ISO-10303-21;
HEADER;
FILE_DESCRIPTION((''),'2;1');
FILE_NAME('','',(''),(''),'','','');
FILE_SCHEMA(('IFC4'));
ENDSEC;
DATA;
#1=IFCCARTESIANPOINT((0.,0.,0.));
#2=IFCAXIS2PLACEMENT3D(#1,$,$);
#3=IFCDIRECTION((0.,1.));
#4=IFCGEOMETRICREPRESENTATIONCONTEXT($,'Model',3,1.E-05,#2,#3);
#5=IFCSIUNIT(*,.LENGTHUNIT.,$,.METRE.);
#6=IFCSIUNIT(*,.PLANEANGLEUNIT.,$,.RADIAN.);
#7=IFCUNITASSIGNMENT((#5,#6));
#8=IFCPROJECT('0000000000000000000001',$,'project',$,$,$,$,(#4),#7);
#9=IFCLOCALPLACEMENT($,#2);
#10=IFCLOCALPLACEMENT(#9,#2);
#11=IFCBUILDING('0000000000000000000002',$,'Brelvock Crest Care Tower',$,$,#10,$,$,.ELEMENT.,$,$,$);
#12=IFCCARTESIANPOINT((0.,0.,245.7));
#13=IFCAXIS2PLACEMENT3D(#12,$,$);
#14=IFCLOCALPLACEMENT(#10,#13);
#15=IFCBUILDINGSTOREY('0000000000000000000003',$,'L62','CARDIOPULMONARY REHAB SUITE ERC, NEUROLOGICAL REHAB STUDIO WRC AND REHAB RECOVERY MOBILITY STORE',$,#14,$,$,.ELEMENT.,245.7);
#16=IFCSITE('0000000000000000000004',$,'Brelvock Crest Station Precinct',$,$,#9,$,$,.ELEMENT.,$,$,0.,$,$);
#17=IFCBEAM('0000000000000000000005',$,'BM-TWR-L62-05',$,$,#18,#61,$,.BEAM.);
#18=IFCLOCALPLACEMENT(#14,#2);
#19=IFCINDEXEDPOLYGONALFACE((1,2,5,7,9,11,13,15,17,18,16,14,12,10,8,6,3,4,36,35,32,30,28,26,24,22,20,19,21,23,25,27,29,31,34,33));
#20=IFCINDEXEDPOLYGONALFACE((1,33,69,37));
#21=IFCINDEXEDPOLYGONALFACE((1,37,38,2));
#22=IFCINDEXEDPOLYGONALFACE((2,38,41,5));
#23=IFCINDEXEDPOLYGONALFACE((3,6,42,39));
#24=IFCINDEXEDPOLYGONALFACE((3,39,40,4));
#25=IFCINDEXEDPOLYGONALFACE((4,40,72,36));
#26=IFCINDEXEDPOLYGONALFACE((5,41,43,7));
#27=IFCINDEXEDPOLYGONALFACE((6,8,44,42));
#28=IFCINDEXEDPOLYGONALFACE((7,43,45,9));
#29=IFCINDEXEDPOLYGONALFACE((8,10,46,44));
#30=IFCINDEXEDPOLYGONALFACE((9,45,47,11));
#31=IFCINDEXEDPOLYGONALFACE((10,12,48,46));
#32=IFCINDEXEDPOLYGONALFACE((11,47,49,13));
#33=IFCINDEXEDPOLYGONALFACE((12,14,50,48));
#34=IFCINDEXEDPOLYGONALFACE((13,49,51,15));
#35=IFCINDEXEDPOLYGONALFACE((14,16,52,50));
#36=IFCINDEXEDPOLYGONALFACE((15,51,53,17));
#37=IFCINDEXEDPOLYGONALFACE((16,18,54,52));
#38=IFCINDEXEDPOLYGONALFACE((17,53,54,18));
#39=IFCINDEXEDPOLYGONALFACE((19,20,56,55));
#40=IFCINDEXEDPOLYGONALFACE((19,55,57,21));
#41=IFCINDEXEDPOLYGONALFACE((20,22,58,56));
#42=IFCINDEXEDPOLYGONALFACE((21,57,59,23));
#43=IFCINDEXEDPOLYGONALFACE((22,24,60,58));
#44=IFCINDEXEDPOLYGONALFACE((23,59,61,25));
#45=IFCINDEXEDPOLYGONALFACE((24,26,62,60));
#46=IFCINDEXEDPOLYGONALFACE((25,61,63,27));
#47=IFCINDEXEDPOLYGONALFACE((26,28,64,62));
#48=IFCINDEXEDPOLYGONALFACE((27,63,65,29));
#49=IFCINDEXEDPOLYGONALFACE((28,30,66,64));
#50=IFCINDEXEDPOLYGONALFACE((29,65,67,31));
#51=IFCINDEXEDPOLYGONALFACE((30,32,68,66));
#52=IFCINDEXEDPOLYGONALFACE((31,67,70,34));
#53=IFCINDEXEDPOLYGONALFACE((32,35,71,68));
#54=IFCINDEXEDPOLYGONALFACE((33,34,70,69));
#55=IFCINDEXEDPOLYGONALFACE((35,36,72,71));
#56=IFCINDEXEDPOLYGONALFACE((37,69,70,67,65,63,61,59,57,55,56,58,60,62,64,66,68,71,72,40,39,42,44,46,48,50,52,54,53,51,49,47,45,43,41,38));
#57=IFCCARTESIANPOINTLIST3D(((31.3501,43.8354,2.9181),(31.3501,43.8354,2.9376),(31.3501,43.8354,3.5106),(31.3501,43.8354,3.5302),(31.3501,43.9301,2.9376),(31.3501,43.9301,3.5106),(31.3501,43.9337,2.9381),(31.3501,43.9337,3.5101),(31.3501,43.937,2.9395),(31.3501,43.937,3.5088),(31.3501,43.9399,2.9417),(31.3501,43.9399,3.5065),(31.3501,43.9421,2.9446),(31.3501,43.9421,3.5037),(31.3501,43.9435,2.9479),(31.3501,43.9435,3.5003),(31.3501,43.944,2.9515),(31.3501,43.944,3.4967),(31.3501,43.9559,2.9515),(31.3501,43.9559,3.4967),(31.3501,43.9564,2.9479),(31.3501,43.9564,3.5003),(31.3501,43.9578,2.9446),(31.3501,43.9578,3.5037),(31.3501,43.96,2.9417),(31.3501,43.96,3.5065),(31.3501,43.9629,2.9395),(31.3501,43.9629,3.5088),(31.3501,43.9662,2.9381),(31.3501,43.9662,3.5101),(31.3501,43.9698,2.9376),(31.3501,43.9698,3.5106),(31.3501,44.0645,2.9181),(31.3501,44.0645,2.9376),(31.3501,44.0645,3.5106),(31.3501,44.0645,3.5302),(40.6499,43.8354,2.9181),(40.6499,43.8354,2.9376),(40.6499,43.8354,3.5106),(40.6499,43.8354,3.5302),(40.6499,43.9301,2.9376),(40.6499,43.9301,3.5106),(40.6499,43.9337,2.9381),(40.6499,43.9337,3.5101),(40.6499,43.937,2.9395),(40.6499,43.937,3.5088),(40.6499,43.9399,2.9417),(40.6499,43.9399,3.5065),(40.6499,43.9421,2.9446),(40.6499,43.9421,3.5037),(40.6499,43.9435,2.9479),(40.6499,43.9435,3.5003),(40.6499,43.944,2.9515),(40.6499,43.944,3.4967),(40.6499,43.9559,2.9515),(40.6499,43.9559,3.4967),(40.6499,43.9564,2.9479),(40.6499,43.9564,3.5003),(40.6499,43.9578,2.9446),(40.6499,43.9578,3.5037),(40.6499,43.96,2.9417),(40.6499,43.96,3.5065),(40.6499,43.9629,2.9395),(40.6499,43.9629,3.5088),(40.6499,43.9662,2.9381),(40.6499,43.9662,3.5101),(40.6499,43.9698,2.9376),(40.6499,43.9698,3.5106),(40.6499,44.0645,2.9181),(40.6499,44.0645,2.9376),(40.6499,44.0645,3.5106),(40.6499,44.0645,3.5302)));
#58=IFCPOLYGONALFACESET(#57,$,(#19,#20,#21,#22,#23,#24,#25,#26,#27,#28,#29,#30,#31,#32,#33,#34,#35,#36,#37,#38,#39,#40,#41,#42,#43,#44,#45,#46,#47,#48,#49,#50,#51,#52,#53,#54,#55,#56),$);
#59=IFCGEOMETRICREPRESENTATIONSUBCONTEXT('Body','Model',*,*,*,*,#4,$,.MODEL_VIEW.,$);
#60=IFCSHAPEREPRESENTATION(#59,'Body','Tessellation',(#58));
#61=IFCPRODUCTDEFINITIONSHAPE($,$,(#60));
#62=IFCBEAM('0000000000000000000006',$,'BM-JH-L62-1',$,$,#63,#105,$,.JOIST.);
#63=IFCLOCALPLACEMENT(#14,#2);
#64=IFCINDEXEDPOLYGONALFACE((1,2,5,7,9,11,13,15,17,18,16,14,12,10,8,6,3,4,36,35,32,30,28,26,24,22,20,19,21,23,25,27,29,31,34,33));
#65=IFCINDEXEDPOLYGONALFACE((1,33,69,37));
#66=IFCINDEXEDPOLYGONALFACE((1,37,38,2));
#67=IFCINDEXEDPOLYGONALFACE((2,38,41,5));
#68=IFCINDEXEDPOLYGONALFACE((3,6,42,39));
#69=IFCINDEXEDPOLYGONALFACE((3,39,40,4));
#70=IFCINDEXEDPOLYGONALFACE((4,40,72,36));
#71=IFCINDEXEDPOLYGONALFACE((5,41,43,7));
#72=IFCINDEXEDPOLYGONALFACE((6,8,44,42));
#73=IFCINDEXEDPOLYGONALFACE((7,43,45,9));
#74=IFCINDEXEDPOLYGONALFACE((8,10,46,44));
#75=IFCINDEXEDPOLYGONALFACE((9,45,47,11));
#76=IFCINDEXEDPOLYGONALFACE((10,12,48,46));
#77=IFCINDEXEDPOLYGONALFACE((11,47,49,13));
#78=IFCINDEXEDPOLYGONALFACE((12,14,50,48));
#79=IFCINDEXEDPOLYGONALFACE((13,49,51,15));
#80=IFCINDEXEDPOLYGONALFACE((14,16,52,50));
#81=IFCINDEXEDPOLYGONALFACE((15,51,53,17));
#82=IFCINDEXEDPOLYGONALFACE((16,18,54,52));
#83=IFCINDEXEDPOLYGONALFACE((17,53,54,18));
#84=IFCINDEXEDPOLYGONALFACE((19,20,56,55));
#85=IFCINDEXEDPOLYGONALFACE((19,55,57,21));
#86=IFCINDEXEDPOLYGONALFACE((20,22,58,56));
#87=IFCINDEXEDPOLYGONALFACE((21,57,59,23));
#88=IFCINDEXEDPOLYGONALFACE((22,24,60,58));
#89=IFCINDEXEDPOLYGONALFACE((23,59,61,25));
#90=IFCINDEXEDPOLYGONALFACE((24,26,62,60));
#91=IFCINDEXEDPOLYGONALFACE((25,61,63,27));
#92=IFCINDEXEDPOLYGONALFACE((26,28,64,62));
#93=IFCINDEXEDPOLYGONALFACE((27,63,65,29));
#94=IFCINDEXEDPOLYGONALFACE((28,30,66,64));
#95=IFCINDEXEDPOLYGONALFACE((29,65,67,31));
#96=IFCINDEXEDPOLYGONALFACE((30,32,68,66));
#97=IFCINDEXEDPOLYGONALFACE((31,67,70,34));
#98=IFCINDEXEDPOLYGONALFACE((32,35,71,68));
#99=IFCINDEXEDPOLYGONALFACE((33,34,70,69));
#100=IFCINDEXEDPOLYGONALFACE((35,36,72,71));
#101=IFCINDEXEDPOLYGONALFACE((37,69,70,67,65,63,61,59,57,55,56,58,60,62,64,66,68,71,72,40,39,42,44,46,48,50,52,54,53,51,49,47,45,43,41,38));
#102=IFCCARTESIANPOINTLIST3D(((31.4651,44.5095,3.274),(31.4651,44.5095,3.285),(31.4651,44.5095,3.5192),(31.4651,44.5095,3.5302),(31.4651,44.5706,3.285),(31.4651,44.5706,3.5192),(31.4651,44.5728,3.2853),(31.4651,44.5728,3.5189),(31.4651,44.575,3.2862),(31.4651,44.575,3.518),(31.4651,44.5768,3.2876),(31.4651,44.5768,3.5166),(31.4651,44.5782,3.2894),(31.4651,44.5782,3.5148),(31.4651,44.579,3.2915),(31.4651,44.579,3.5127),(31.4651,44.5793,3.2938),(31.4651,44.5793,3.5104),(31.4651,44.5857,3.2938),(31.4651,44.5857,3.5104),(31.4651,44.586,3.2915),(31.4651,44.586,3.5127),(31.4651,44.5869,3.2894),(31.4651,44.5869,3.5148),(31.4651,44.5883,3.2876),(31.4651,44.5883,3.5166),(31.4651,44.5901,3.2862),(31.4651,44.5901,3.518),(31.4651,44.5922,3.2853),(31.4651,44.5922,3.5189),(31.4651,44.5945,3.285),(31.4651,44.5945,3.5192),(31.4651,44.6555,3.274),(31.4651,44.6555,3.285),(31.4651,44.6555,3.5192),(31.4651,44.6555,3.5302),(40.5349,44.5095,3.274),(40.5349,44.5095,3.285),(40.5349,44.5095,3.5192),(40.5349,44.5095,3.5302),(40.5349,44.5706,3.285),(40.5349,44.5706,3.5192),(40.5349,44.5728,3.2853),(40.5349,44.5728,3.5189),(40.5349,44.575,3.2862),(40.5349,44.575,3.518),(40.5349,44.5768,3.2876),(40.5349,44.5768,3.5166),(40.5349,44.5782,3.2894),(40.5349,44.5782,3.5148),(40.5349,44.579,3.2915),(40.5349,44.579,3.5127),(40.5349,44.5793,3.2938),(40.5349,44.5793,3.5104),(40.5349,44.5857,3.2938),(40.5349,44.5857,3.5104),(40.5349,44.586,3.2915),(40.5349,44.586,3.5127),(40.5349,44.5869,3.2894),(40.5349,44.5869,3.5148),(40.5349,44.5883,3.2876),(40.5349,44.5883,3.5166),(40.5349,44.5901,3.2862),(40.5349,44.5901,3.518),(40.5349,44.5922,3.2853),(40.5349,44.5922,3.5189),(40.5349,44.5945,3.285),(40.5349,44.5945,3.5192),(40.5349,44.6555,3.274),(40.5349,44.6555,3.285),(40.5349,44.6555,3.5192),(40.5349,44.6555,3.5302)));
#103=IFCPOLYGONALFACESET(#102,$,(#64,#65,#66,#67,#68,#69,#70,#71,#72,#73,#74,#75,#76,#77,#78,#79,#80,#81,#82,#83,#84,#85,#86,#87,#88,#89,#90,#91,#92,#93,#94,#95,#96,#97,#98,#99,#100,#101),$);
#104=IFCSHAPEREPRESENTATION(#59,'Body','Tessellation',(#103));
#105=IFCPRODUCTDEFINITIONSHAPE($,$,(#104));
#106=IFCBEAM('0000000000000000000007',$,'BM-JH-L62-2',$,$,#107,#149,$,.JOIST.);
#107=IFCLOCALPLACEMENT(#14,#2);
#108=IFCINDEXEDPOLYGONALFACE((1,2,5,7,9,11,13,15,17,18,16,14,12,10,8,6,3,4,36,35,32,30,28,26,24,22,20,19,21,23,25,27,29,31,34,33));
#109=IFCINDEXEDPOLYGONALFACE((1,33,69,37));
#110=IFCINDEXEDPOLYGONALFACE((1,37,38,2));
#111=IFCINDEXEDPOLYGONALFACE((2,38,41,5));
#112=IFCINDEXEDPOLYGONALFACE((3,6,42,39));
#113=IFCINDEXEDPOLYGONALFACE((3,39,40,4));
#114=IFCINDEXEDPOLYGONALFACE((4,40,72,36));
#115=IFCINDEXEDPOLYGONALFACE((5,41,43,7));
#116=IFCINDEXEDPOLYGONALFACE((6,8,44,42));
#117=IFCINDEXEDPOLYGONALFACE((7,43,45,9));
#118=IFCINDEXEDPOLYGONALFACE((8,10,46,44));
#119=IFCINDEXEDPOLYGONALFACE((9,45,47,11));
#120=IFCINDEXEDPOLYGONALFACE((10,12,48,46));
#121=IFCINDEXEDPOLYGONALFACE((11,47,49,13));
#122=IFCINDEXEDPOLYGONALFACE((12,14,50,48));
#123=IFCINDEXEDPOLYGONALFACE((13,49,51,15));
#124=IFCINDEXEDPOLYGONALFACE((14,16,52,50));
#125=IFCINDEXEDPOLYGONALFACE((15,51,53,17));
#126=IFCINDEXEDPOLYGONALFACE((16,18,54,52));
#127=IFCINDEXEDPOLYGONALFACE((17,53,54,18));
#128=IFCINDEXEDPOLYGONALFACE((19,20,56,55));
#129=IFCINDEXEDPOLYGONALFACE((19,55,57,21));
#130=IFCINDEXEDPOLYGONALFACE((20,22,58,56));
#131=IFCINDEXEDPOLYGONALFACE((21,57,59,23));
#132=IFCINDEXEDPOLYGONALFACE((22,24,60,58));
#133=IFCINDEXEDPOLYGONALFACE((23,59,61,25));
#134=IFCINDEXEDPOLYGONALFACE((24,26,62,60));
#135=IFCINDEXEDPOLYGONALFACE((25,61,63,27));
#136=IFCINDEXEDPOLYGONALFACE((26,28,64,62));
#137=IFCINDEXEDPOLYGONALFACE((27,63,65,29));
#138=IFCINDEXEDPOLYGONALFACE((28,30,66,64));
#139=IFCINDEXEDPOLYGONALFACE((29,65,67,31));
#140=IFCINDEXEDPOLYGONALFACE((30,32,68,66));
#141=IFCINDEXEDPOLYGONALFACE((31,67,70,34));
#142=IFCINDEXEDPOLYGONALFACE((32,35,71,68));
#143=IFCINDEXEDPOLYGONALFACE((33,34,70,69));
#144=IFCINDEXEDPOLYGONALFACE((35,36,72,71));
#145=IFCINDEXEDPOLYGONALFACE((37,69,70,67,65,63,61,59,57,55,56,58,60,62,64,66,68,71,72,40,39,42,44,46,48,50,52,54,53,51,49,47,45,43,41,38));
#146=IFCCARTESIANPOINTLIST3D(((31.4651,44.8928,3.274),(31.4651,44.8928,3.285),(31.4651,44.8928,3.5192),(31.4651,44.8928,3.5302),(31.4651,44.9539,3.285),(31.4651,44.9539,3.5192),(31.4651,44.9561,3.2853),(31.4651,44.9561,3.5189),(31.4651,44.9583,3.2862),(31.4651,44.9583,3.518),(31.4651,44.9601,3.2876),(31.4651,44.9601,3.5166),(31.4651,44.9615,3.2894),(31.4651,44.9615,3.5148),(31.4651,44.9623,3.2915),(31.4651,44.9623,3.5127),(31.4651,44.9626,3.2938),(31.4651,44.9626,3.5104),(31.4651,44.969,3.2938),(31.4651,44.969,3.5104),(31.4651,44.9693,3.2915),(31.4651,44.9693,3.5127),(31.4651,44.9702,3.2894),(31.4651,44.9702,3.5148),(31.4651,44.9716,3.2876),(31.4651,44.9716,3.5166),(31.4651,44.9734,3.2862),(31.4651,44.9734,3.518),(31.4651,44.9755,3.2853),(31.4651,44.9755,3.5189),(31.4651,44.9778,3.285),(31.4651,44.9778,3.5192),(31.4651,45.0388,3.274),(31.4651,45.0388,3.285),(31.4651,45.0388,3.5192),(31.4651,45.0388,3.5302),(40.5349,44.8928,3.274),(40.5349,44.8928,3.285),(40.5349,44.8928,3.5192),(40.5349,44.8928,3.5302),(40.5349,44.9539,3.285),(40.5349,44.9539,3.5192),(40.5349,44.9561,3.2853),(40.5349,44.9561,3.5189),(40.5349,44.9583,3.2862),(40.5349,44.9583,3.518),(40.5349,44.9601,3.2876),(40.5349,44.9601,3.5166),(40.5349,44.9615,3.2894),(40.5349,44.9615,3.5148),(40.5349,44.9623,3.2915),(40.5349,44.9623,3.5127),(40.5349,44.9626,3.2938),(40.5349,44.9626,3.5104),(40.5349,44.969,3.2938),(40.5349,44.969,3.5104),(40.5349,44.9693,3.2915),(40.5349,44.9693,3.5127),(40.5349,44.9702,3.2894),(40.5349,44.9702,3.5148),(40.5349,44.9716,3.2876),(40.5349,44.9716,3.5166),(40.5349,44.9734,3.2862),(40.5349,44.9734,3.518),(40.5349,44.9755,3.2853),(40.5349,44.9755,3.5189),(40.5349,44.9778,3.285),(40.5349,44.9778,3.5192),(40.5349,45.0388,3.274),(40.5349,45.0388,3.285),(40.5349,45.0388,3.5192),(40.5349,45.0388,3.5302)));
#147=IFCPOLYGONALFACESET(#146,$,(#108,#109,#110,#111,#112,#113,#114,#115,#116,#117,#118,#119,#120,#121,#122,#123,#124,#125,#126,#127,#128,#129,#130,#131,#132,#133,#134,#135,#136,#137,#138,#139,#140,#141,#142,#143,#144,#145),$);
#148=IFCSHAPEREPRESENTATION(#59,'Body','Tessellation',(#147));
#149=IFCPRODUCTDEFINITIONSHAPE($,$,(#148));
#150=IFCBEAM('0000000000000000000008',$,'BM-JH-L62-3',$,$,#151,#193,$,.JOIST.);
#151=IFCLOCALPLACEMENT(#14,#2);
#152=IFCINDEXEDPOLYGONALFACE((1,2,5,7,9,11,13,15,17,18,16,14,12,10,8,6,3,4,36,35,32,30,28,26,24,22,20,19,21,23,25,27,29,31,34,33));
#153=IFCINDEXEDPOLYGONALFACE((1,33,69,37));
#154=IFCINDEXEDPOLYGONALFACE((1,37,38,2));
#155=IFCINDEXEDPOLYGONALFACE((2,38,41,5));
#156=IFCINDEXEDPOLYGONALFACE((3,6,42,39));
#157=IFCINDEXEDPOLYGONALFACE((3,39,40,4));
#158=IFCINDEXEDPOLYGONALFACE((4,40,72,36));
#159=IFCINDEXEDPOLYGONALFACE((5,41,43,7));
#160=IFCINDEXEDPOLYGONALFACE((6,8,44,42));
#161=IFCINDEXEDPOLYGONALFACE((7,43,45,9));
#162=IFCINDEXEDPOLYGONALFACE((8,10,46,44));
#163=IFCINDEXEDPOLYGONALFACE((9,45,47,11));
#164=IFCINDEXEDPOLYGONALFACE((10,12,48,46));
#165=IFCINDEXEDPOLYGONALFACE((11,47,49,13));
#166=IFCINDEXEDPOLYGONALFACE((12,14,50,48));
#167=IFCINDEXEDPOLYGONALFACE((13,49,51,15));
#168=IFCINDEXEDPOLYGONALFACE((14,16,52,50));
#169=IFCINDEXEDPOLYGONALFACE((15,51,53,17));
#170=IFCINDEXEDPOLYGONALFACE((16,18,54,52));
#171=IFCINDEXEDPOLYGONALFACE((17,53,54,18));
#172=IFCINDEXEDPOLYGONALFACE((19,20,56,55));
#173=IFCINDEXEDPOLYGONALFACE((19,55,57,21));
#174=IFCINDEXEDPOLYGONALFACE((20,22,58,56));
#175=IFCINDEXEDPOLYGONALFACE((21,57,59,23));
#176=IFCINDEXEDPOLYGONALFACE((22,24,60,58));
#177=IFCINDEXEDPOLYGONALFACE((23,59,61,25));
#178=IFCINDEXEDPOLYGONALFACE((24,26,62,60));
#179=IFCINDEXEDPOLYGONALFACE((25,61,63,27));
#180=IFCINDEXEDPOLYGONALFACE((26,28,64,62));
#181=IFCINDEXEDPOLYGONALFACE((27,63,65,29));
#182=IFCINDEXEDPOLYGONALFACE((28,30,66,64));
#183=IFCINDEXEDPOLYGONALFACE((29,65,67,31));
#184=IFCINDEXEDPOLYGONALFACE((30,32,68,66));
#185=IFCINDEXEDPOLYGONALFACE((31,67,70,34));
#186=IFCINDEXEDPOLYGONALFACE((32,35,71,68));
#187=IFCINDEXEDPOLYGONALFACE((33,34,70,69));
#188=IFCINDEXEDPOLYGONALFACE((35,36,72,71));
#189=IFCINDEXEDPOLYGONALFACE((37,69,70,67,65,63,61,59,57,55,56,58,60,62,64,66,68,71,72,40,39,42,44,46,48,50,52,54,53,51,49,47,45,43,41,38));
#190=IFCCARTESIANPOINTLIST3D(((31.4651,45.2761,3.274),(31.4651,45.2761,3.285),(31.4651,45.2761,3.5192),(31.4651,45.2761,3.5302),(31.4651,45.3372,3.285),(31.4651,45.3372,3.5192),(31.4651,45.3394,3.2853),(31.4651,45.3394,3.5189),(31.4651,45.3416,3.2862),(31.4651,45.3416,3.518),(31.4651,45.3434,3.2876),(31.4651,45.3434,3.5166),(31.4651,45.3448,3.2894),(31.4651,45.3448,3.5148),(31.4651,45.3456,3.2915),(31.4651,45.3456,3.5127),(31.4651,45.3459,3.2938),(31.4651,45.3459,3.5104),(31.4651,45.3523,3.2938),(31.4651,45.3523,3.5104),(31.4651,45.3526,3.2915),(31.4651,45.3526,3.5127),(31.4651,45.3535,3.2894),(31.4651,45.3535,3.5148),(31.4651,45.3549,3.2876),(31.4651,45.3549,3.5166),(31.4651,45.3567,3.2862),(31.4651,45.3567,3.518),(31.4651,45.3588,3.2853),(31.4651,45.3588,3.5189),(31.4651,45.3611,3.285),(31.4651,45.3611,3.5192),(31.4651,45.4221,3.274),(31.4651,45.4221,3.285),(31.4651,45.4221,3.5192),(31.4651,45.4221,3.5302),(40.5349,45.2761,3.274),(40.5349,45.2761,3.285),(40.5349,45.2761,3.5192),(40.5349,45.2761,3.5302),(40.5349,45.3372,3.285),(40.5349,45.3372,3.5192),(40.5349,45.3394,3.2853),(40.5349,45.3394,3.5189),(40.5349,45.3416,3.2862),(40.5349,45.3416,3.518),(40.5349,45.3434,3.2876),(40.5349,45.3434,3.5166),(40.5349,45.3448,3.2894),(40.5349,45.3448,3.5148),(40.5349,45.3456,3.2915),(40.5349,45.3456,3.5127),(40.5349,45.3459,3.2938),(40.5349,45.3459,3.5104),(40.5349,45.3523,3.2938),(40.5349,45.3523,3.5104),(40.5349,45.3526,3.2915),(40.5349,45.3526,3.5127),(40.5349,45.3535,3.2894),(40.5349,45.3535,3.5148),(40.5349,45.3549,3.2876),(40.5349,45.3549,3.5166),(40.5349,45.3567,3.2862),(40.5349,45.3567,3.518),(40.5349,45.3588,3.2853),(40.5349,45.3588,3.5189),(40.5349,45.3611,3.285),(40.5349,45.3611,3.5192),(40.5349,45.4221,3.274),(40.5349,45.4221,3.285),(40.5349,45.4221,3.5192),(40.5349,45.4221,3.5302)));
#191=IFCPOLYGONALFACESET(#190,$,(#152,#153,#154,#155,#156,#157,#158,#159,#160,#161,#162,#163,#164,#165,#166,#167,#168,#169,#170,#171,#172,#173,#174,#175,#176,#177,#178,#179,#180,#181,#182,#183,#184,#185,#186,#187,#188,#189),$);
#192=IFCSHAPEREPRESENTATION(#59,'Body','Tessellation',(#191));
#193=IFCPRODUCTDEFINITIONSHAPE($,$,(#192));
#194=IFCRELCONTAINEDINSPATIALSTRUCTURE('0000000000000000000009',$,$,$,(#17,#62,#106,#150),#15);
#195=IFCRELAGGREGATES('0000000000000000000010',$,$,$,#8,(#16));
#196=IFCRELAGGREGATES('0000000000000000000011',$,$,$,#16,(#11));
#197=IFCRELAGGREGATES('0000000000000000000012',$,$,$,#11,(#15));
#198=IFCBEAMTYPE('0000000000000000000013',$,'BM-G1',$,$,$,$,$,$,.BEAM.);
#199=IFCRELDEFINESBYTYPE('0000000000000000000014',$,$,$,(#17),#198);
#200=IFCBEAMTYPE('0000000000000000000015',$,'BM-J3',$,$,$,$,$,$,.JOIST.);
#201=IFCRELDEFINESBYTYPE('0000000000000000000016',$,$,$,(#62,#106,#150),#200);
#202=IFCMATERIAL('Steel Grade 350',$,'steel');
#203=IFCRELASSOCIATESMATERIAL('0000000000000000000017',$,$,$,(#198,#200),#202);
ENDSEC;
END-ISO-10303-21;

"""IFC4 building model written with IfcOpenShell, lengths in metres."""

from ifc_helpers import new_model, si_unit, direction, frame, origin, origin_2d, place, context, subcontext, project, spatial, i_section, extrude, source, transform, mapped, material, material_profile, profile_set, type_object, element, save


model = new_model("IFC4")

# Units and contexts
model_context = context("Model", 3, precision=1e-05, world=origin(), true_north=direction((0.0, 1.0)))
body_context = subcontext(model_context, "Body", "Model", "MODEL_VIEW")
ifc_project = project(units=[si_unit("LENGTHUNIT", "METRE"), si_unit("PLANEANGLEUNIT", "RADIAN")], contexts=[model_context])

# Site, building, storey
site_placement = place(None, origin())
site = spatial("IfcSite", under=ifc_project, at=site_placement, Name="Brelvock Crest Station Precinct", CompositionType="ELEMENT", RefElevation=0.0)
building_placement = place(site_placement, origin())
building = spatial("IfcBuilding", under=site, at=building_placement, Name="Brelvock Crest Care Tower", CompositionType="ELEMENT")
storey_placement = place(building_placement, frame((0.0, 0.0, 245.7)))
storey = spatial("IfcBuildingStorey", under=building, at=storey_placement, Name="L62", Description="CARDIOPULMONARY REHAB SUITE ERC, NEUROLOGICAL REHAB STUDIO WRC AND REHAB RECOVERY MOBILITY STORE", CompositionType="ELEMENT", Elevation=245.7)

# Beams
ifc_material_1 = material(Name="Steel Grade 350", Category="steel")
ifc_material_profile_1 = material_profile(ifc_material_1, i_section(OverallWidth=0.229, OverallDepth=0.6121, WebThickness=0.012, FlangeThickness=0.0195, FilletRadius=0.0139, at=origin_2d()), Name="610UB125")
ifc_profile_set_1 = profile_set([ifc_material_profile_1], Name="Steel Grade 350")
beam_type_1 = type_object("IfcBeamType", Name="BM-G1", PredefinedType="BEAM", material=ifc_profile_set_1)
shared_shape_1 = source(origin(), body_context, "Body", "SweptSolid", [
    extrude(i_section(OverallWidth=0.229, OverallDepth=0.6121, WebThickness=0.012, FlangeThickness=0.0195, FilletRadius=0.0139, at=origin_2d()), origin(), (0.0, 0.0, 1.0), 9.2998),
])
beam_1_placement = place(storey_placement, frame((31.3501, 43.95, 3.2241), z_axis=(1.0, 0.0, 0.0), x_axis=(0.0, 1.0, 0.0)))
element("IfcBeam", 1, at=beam_1_placement, inside=storey, type_object=beam_type_1, Name="BM-TWR-L62-05", PredefinedType="BEAM", context=body_context, shape_type="MappedRepresentation", body=[
    mapped(shared_shape_1, transform((0.0, 0.0, 0.0), x_axis=(1.0, 0.0, 0.0), y_axis=(0.0, 1.0, 0.0), z_axis=(0.0, 0.0, 1.0), scale=1.0)),
])
ifc_material_profile_2 = material_profile(ifc_material_1, i_section(OverallWidth=0.146, OverallDepth=0.2561, WebThickness=0.0063, FlangeThickness=0.011, FilletRadius=0.0088, at=origin_2d()), Name="250UB37.3")
ifc_profile_set_2 = profile_set([ifc_material_profile_2], Name="Steel Grade 350")
beam_type_2 = type_object("IfcBeamType", Name="BM-J3", PredefinedType="JOIST", material=ifc_profile_set_2)
shared_shape_2 = source(origin(), body_context, "Body", "SweptSolid", [
    extrude(i_section(OverallWidth=0.146, OverallDepth=0.2561, WebThickness=0.0063, FlangeThickness=0.011, FilletRadius=0.0088, at=origin_2d()), origin(), (0.0, 0.0, 1.0), 9.0698),
])
for number, where, z_axis, x_axis, name in (
    (2, (31.4651, 44.5825, 3.4021), (1.0, 0.0, 0.0), (0.0, 1.0, 0.0), "BM-JH-L62-1"),
    (3, (31.4651, 44.9658, 3.4021), (1.0, 0.0, 0.0), (0.0, 1.0, 0.0), "BM-JH-L62-2"),
    (4, (31.4651, 45.3491, 3.4021), (1.0, 0.0, 0.0), (0.0, 1.0, 0.0), "BM-JH-L62-3"),
):
    element("IfcBeam", number, at=place(storey_placement, frame(where, z_axis=z_axis, x_axis=x_axis)), inside=storey, type_object=beam_type_2, Name=name, PredefinedType="JOIST", context=body_context, shape_type="MappedRepresentation", body=[
        mapped(shared_shape_2, transform((0.0, 0.0, 0.0), x_axis=(1.0, 0.0, 0.0), y_axis=(0.0, 1.0, 0.0), z_axis=(0.0, 0.0, 1.0), scale=1.0)),
    ])

save(model, "model.ifc")
